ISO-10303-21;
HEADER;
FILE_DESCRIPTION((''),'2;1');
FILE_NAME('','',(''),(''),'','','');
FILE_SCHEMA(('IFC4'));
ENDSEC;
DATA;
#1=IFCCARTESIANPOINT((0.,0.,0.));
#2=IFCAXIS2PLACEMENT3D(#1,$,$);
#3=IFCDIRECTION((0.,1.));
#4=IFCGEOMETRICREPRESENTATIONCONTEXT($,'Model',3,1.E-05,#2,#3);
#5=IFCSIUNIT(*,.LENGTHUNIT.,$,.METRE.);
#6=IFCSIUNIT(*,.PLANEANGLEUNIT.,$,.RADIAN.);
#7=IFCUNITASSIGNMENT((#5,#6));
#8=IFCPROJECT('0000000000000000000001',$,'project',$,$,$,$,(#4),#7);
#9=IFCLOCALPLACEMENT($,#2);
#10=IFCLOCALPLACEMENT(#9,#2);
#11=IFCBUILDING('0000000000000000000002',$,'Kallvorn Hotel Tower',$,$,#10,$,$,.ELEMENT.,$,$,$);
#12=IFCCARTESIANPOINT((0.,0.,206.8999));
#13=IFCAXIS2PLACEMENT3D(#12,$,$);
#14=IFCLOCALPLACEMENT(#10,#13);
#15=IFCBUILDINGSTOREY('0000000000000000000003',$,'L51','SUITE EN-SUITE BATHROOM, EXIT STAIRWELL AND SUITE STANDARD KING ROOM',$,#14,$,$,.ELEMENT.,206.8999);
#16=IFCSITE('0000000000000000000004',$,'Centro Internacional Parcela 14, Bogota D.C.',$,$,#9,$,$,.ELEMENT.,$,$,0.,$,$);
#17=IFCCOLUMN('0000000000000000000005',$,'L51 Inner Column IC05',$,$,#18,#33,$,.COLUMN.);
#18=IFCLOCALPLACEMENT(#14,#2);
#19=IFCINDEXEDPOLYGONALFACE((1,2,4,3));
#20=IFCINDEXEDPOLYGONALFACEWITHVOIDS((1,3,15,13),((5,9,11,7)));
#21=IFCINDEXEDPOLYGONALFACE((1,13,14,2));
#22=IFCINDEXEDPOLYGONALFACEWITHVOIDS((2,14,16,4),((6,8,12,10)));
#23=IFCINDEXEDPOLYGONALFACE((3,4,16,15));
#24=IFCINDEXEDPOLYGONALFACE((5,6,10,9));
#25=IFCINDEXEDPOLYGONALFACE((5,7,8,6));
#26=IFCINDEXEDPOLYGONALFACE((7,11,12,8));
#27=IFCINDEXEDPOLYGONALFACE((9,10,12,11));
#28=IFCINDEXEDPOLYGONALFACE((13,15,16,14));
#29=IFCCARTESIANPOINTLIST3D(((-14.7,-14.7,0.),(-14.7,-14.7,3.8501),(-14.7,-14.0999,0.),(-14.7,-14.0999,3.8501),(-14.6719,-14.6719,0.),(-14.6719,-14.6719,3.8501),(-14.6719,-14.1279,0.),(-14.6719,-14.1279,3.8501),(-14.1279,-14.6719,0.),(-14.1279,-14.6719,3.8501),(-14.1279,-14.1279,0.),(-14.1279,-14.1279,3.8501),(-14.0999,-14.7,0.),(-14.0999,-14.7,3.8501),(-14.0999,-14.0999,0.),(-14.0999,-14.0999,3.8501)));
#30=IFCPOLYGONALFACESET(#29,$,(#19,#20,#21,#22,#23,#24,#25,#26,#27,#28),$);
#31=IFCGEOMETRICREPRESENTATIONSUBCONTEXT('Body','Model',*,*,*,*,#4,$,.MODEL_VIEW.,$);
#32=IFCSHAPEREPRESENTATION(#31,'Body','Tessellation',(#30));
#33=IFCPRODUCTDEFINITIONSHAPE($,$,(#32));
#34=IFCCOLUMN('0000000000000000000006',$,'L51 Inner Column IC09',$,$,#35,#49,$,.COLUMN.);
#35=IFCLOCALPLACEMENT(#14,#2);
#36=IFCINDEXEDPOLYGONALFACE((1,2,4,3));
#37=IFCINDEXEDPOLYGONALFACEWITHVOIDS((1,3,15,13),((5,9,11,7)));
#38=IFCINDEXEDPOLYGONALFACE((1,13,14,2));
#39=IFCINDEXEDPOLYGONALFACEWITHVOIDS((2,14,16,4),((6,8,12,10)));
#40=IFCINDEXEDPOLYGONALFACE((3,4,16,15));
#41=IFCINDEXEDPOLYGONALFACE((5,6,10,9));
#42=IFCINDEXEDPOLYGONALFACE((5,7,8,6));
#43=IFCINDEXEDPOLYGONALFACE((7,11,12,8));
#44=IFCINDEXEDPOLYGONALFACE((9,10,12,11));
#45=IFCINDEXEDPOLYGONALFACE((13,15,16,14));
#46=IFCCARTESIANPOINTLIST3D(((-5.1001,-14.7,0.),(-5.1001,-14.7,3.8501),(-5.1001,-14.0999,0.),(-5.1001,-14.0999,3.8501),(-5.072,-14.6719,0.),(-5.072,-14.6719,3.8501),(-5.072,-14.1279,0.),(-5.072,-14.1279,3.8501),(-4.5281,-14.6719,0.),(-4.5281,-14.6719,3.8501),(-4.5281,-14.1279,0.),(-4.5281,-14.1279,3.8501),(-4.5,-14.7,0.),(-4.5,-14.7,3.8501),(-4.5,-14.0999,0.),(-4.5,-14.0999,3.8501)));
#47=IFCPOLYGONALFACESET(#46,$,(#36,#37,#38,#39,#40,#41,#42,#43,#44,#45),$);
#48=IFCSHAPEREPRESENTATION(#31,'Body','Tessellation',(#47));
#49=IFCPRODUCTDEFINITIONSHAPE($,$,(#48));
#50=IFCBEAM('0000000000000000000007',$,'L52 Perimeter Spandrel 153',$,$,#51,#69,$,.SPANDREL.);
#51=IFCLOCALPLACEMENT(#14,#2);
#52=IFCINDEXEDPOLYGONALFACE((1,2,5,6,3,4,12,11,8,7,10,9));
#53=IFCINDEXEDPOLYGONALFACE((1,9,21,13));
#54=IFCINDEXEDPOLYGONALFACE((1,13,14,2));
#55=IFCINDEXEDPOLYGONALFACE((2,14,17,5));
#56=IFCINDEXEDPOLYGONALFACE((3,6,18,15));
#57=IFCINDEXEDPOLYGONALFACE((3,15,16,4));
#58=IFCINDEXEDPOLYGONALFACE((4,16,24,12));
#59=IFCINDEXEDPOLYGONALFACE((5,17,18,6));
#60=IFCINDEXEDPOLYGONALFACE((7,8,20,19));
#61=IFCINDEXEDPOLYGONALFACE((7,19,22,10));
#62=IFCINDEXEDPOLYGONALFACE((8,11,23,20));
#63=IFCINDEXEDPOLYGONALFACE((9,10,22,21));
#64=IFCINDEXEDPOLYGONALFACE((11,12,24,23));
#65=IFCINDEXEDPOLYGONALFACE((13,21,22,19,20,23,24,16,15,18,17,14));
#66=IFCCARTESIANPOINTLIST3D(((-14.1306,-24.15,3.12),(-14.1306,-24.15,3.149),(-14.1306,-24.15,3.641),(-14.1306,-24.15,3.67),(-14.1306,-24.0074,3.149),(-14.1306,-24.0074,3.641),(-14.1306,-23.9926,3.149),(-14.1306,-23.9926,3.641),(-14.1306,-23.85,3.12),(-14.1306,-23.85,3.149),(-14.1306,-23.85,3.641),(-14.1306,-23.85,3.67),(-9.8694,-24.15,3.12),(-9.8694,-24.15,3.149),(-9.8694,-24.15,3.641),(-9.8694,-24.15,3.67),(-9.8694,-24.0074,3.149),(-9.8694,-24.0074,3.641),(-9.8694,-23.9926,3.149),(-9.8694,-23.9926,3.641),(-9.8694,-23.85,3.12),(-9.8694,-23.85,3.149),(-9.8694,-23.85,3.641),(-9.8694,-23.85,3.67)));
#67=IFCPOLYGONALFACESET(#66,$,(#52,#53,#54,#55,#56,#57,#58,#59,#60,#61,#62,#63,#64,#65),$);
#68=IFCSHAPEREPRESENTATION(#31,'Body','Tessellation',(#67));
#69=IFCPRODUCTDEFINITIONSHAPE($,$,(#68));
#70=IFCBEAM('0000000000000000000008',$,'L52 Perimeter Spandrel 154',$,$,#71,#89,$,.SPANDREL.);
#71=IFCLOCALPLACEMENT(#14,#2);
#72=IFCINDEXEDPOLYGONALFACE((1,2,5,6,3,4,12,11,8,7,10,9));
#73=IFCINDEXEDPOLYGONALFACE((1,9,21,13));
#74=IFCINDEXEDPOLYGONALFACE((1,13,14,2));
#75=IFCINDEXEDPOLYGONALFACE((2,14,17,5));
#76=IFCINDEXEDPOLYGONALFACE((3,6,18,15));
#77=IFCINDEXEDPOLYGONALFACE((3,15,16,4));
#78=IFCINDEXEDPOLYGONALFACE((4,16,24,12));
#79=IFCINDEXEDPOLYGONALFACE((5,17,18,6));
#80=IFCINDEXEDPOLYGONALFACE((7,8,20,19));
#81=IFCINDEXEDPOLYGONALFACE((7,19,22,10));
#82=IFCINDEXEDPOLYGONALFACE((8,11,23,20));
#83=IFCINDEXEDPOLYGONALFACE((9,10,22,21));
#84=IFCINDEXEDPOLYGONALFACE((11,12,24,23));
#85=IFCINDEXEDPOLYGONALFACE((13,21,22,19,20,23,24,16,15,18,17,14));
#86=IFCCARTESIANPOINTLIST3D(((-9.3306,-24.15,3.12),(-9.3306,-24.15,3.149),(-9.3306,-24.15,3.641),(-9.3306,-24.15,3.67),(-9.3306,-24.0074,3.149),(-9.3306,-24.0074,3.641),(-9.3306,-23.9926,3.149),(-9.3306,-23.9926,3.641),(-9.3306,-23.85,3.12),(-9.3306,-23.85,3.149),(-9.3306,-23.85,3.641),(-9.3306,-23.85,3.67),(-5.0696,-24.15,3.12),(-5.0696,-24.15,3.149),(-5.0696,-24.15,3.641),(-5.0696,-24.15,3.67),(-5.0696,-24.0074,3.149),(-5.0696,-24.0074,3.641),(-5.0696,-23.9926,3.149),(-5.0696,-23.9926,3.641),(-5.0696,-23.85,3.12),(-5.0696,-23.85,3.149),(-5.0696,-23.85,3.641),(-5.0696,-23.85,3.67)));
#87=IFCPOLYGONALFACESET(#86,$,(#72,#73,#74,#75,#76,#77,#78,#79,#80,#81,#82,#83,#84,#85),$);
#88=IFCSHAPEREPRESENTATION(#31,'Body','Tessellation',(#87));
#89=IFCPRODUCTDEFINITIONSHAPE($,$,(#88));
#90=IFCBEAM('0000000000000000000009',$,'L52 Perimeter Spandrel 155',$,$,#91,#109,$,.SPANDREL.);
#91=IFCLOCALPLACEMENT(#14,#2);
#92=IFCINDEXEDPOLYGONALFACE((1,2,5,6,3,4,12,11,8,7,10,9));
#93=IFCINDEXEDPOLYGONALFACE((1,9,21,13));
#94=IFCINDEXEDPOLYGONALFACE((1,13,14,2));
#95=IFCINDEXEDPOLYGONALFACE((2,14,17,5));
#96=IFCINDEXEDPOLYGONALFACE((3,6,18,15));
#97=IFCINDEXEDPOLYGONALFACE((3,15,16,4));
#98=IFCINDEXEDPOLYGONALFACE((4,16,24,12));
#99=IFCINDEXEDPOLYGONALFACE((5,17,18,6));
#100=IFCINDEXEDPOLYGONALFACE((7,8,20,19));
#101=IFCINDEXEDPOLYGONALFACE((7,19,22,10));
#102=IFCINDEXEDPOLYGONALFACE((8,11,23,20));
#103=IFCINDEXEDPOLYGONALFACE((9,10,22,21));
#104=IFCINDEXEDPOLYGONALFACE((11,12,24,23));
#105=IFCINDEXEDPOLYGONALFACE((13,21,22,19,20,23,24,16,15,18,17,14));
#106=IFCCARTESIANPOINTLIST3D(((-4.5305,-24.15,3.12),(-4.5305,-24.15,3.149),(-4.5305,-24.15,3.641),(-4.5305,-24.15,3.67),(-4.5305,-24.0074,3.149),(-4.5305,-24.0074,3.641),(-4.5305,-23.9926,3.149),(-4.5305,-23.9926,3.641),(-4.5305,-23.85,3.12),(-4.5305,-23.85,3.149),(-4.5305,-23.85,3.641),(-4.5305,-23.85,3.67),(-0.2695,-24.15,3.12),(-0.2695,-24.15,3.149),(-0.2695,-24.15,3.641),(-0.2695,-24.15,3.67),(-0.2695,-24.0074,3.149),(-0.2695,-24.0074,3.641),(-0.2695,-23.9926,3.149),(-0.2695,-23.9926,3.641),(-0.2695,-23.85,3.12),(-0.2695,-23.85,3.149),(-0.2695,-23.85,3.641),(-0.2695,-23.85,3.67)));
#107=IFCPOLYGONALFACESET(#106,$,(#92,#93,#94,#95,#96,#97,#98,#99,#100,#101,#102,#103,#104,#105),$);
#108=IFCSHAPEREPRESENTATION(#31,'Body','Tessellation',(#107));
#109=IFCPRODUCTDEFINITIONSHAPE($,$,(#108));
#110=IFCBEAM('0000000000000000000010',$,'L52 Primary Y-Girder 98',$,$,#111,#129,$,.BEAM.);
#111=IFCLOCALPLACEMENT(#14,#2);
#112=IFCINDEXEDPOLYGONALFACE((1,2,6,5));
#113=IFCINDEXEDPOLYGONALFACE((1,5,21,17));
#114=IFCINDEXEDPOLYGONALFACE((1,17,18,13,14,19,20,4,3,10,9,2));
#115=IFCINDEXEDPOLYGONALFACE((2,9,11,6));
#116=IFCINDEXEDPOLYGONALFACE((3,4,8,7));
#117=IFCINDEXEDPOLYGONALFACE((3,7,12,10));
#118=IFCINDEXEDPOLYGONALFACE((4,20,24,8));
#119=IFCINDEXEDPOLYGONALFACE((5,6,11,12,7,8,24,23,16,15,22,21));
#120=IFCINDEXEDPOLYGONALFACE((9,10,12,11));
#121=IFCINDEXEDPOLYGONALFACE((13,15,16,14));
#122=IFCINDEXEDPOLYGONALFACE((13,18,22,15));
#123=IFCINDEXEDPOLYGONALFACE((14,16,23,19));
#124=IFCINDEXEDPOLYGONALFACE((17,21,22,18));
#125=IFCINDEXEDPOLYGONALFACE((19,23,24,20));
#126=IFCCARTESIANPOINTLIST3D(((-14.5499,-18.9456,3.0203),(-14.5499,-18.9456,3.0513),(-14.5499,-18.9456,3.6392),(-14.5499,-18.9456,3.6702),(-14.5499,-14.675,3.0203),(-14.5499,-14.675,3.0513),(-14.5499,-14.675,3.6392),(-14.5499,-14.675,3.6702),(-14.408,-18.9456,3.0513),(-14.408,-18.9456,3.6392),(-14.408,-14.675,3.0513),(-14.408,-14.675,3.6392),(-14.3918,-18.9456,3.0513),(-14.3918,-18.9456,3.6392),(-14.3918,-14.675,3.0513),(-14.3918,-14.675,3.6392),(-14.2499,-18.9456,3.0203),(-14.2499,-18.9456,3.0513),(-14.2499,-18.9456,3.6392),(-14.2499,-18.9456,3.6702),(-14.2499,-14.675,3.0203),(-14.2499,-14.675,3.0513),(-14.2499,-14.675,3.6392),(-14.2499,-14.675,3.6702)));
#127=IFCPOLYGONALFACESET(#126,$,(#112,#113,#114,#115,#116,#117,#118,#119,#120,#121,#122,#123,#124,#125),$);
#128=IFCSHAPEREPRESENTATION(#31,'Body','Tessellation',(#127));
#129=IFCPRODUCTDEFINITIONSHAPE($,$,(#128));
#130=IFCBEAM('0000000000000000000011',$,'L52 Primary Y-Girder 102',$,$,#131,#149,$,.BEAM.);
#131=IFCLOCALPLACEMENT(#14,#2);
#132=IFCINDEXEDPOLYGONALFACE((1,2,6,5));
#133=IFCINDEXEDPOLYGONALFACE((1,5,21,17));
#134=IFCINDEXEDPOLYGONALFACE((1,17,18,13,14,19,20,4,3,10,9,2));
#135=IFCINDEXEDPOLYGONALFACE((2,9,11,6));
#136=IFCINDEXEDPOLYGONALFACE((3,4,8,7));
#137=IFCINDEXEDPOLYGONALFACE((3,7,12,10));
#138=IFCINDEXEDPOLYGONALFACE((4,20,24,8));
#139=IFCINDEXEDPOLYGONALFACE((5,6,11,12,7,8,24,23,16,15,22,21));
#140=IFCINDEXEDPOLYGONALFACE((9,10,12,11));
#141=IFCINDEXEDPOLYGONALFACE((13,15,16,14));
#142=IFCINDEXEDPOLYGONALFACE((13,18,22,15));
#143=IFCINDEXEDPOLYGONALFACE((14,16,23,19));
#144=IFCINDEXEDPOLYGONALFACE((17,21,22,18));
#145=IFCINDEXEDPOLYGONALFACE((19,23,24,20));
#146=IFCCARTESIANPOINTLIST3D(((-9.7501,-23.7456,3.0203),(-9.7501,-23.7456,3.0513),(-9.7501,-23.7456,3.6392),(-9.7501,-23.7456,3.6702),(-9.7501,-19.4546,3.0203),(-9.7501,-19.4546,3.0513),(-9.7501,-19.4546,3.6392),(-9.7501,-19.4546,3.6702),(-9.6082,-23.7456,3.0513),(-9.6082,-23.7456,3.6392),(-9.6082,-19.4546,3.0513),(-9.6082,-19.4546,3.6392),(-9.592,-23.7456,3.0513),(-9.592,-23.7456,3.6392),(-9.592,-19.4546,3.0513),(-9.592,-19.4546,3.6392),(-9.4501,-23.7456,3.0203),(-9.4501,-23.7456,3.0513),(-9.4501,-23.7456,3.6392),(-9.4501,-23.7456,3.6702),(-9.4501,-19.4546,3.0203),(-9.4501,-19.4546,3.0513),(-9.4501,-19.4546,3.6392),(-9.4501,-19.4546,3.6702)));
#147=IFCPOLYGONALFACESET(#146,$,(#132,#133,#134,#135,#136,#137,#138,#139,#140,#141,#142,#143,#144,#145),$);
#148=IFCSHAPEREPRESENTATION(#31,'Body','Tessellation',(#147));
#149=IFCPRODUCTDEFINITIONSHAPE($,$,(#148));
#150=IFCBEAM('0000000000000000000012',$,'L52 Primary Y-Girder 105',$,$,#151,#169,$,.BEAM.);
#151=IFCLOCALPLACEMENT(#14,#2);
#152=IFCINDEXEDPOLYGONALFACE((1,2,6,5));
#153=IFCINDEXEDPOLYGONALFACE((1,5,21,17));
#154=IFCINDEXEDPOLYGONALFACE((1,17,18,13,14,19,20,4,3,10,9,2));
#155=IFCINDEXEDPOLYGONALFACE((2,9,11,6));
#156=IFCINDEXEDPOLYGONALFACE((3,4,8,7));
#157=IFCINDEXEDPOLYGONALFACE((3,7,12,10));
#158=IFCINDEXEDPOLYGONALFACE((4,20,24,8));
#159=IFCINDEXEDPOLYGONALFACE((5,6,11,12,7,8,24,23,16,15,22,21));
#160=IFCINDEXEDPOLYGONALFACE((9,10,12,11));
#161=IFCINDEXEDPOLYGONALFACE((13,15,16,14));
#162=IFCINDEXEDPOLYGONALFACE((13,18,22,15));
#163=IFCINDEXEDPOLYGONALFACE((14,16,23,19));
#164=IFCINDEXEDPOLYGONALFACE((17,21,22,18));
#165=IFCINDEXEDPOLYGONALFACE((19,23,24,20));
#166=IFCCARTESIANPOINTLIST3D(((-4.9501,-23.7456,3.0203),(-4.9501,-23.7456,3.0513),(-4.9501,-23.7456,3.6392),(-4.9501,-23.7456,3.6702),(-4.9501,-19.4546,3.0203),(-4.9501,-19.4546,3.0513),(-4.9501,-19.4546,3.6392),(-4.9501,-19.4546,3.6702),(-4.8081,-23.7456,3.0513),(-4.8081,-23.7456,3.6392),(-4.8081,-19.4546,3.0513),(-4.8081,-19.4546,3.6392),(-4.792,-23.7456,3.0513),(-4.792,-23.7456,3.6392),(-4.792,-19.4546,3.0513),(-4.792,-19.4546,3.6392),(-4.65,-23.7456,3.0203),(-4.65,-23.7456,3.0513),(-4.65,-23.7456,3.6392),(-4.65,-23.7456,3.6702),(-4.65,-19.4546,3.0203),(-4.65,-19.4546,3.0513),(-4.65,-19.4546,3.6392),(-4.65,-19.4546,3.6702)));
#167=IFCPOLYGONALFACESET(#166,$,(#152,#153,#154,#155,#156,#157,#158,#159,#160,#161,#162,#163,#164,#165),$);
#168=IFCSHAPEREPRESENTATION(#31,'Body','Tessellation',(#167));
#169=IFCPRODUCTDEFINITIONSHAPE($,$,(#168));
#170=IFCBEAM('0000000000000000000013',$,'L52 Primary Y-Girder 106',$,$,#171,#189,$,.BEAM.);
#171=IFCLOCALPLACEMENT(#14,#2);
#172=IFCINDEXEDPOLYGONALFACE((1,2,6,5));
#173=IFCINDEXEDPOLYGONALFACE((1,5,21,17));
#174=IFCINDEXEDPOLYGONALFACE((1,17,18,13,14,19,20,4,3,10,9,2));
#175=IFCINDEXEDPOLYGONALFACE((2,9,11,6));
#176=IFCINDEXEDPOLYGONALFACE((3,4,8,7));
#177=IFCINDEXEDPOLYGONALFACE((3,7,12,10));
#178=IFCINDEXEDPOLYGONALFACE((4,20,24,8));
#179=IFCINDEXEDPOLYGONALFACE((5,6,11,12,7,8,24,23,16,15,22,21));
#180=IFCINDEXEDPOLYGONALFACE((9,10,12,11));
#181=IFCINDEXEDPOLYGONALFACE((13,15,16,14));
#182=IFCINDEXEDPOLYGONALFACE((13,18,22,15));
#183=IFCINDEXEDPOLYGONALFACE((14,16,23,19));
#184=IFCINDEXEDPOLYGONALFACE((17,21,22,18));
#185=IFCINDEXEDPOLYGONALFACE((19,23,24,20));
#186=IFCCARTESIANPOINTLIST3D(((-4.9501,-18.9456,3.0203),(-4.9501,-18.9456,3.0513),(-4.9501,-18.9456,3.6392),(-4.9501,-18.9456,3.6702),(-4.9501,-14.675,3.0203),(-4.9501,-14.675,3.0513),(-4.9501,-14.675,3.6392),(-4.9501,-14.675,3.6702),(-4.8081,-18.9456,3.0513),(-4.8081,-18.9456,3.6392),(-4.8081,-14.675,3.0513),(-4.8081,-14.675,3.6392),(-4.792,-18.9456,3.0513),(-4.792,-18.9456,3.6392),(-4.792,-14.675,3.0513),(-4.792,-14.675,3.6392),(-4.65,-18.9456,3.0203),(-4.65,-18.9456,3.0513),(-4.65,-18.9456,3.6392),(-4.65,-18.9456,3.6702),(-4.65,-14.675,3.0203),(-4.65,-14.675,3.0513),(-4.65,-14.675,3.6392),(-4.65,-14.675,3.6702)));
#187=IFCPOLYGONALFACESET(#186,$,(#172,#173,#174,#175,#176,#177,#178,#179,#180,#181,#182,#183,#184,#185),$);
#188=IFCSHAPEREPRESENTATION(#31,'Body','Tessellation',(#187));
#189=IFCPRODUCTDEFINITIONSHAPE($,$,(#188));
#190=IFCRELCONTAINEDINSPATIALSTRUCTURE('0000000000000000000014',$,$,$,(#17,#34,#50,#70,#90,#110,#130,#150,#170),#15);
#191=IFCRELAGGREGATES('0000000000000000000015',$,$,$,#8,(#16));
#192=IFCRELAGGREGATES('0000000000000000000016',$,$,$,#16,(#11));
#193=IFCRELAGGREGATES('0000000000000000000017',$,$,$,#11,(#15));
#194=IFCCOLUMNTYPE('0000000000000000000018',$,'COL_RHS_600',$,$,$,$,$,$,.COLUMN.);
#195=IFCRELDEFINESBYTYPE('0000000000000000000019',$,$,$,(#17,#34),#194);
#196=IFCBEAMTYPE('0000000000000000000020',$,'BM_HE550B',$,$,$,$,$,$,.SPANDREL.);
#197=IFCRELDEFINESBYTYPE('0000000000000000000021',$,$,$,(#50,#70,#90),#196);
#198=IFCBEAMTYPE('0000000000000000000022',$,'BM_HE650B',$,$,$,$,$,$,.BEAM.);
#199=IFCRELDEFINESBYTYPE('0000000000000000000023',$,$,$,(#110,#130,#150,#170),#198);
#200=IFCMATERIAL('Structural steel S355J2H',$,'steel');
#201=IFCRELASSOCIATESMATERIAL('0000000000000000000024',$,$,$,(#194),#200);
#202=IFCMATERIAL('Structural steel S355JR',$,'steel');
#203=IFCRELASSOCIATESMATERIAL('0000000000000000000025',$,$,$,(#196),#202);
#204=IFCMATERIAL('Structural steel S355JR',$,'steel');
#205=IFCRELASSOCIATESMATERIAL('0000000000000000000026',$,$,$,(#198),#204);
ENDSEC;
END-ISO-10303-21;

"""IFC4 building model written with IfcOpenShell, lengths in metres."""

from ifc_helpers import new_model, si_unit, direction, frame, origin, origin_2d, place, context, subcontext, project, spatial, hollow_rectangle, i_section, extrude, material, material_profile, profile_set, type_object, element, save


model = new_model("IFC4")

# Units and contexts
model_context = context("Model", 3, precision=1e-05, world=origin(), true_north=direction((0.0, 1.0)))
body_context = subcontext(model_context, "Body", "Model", "MODEL_VIEW")
ifc_project = project(units=[si_unit("LENGTHUNIT", "METRE"), si_unit("PLANEANGLEUNIT", "RADIAN")], contexts=[model_context])

# Site, building, storey
site_placement = place(None, origin())
site = spatial("IfcSite", under=ifc_project, at=site_placement, Name="Centro Internacional Parcela 14, Bogota D.C.", CompositionType="ELEMENT", RefElevation=0.0)
building_placement = place(site_placement, origin())
building = spatial("IfcBuilding", under=site, at=building_placement, Name="Kallvorn Hotel Tower", CompositionType="ELEMENT")
storey_placement = place(building_placement, frame((0.0, 0.0, 206.8999)))
storey = spatial("IfcBuildingStorey", under=building, at=storey_placement, Name="L51", Description="SUITE EN-SUITE BATHROOM, EXIT STAIRWELL AND SUITE STANDARD KING ROOM", CompositionType="ELEMENT", Elevation=206.8999)

# Columns
ifc_material_1 = material(Name="Structural steel S355J2H", Category="steel")
ifc_material_profile_1 = material_profile(ifc_material_1, hollow_rectangle(XDim=0.6001, YDim=0.6001, WallThickness=0.0281, at=origin_2d()), Name="RHS 600x600x28")
ifc_profile_set_1 = profile_set([ifc_material_profile_1], Name="Structural steel S355J2H")
column_type_1 = type_object("IfcColumnType", Name="COL_RHS_600", PredefinedType="COLUMN", material=ifc_profile_set_1)
for number, where, z_axis, x_axis, name in (
    (1, (-14.3999, -14.3999, 0.0), (0.0, 0.0, 1.0), (1.0, 0.0, 0.0), "L51 Inner Column IC05"),
    (2, (-4.8, -14.3999, 0.0), (0.0, 0.0, 1.0), (1.0, 0.0, 0.0), "L51 Inner Column IC09"),
):
    element("IfcColumn", number, at=place(storey_placement, frame(where, z_axis=z_axis, x_axis=x_axis)), inside=storey, type_object=column_type_1, Name=name, PredefinedType="COLUMN", context=body_context, shape_type="SweptSolid", body=[
        extrude(hollow_rectangle(XDim=0.6001, YDim=0.6001, WallThickness=0.0281, at=origin_2d()), origin(), (0.0, 0.0, 1.0), 3.8501),
    ])

# Beams
ifc_material_2 = material(Name="Structural steel S355JR", Category="steel")
ifc_material_profile_2 = material_profile(ifc_material_2, i_section(OverallWidth=0.3, OverallDepth=0.55, WebThickness=0.0149, FlangeThickness=0.0291, at=origin_2d()), Name="HE 550 B")
ifc_profile_set_2 = profile_set([ifc_material_profile_2], Name="Structural steel S355JR")
beam_type_1 = type_object("IfcBeamType", Name="BM_HE550B", PredefinedType="SPANDREL", material=ifc_profile_set_2)
beam_1_placement = place(storey_placement, frame((-14.1306, -24.0, 3.395), z_axis=(1.0, 0.0, 0.0), x_axis=(0.0, 1.0, 0.0)))
element("IfcBeam", 3, at=beam_1_placement, inside=storey, type_object=beam_type_1, Name="L52 Perimeter Spandrel 153", PredefinedType="SPANDREL", context=body_context, shape_type="SweptSolid", body=[
    extrude(i_section(OverallWidth=0.3, OverallDepth=0.55, WebThickness=0.0149, FlangeThickness=0.0291, at=origin_2d()), origin(), (0.0, 0.0, 1.0), 4.2612),
])
for number, where, z_axis, x_axis, name in (
    (4, (-9.3306, -24.0, 3.395), (1.0, 0.0, 0.0), (0.0, 1.0, 0.0), "L52 Perimeter Spandrel 154"),
    (5, (-4.5305, -24.0, 3.395), (1.0, 0.0, 0.0), (0.0, 1.0, 0.0), "L52 Perimeter Spandrel 155"),
):
    element("IfcBeam", number, at=place(storey_placement, frame(where, z_axis=z_axis, x_axis=x_axis)), inside=storey, type_object=beam_type_1, Name=name, PredefinedType="SPANDREL", context=body_context, shape_type="SweptSolid", body=[
        extrude(i_section(OverallWidth=0.3, OverallDepth=0.55, WebThickness=0.0149, FlangeThickness=0.0291, at=origin_2d()), origin(), (0.0, 0.0, 1.0), 4.261),
    ])
ifc_material_3 = material(Name="Structural steel S355JR", Category="steel")
ifc_material_profile_3 = material_profile(ifc_material_3, i_section(OverallWidth=0.3, OverallDepth=0.6499, WebThickness=0.0161, FlangeThickness=0.031, at=origin_2d()), Name="HE 650 B")
ifc_profile_set_3 = profile_set([ifc_material_profile_3], Name="Structural steel S355JR")
beam_type_2 = type_object("IfcBeamType", Name="BM_HE650B", PredefinedType="BEAM", material=ifc_profile_set_3)
beam_2_placement = place(storey_placement, frame((-14.3999, -18.9456, 3.3452), z_axis=(0.0, 1.0, 0.0), x_axis=(-1.0, 0.0, 0.0)))
element("IfcBeam", 6, at=beam_2_placement, inside=storey, type_object=beam_type_2, Name="L52 Primary Y-Girder 98", PredefinedType="BEAM", context=body_context, shape_type="SweptSolid", body=[
    extrude(i_section(OverallWidth=0.3, OverallDepth=0.6499, WebThickness=0.0161, FlangeThickness=0.031, at=origin_2d()), origin(), (0.0, 0.0, 1.0), 4.2705),
])
for number, where, z_axis, x_axis, name in (
    (7, (-9.6001, -23.7456, 3.3452), (0.0, 1.0, 0.0), (-1.0, 0.0, 0.0), "L52 Primary Y-Girder 102"),
    (8, (-4.8, -23.7456, 3.3452), (0.0, 1.0, 0.0), (-1.0, 0.0, 0.0), "L52 Primary Y-Girder 105"),
):
    element("IfcBeam", number, at=place(storey_placement, frame(where, z_axis=z_axis, x_axis=x_axis)), inside=storey, type_object=beam_type_2, Name=name, PredefinedType="BEAM", context=body_context, shape_type="SweptSolid", body=[
        extrude(i_section(OverallWidth=0.3, OverallDepth=0.6499, WebThickness=0.0161, FlangeThickness=0.031, at=origin_2d()), origin(), (0.0, 0.0, 1.0), 4.291),
    ])
beam_3_placement = place(storey_placement, frame((-4.8, -18.9456, 3.3452), z_axis=(0.0, 1.0, 0.0), x_axis=(-1.0, 0.0, 0.0)))
element("IfcBeam", 9, at=beam_3_placement, inside=storey, type_object=beam_type_2, Name="L52 Primary Y-Girder 106", PredefinedType="BEAM", context=body_context, shape_type="SweptSolid", body=[
    extrude(i_section(OverallWidth=0.3, OverallDepth=0.6499, WebThickness=0.0161, FlangeThickness=0.031, at=origin_2d()), origin(), (0.0, 0.0, 1.0), 4.2705),
])

save(model, "model.ifc")
